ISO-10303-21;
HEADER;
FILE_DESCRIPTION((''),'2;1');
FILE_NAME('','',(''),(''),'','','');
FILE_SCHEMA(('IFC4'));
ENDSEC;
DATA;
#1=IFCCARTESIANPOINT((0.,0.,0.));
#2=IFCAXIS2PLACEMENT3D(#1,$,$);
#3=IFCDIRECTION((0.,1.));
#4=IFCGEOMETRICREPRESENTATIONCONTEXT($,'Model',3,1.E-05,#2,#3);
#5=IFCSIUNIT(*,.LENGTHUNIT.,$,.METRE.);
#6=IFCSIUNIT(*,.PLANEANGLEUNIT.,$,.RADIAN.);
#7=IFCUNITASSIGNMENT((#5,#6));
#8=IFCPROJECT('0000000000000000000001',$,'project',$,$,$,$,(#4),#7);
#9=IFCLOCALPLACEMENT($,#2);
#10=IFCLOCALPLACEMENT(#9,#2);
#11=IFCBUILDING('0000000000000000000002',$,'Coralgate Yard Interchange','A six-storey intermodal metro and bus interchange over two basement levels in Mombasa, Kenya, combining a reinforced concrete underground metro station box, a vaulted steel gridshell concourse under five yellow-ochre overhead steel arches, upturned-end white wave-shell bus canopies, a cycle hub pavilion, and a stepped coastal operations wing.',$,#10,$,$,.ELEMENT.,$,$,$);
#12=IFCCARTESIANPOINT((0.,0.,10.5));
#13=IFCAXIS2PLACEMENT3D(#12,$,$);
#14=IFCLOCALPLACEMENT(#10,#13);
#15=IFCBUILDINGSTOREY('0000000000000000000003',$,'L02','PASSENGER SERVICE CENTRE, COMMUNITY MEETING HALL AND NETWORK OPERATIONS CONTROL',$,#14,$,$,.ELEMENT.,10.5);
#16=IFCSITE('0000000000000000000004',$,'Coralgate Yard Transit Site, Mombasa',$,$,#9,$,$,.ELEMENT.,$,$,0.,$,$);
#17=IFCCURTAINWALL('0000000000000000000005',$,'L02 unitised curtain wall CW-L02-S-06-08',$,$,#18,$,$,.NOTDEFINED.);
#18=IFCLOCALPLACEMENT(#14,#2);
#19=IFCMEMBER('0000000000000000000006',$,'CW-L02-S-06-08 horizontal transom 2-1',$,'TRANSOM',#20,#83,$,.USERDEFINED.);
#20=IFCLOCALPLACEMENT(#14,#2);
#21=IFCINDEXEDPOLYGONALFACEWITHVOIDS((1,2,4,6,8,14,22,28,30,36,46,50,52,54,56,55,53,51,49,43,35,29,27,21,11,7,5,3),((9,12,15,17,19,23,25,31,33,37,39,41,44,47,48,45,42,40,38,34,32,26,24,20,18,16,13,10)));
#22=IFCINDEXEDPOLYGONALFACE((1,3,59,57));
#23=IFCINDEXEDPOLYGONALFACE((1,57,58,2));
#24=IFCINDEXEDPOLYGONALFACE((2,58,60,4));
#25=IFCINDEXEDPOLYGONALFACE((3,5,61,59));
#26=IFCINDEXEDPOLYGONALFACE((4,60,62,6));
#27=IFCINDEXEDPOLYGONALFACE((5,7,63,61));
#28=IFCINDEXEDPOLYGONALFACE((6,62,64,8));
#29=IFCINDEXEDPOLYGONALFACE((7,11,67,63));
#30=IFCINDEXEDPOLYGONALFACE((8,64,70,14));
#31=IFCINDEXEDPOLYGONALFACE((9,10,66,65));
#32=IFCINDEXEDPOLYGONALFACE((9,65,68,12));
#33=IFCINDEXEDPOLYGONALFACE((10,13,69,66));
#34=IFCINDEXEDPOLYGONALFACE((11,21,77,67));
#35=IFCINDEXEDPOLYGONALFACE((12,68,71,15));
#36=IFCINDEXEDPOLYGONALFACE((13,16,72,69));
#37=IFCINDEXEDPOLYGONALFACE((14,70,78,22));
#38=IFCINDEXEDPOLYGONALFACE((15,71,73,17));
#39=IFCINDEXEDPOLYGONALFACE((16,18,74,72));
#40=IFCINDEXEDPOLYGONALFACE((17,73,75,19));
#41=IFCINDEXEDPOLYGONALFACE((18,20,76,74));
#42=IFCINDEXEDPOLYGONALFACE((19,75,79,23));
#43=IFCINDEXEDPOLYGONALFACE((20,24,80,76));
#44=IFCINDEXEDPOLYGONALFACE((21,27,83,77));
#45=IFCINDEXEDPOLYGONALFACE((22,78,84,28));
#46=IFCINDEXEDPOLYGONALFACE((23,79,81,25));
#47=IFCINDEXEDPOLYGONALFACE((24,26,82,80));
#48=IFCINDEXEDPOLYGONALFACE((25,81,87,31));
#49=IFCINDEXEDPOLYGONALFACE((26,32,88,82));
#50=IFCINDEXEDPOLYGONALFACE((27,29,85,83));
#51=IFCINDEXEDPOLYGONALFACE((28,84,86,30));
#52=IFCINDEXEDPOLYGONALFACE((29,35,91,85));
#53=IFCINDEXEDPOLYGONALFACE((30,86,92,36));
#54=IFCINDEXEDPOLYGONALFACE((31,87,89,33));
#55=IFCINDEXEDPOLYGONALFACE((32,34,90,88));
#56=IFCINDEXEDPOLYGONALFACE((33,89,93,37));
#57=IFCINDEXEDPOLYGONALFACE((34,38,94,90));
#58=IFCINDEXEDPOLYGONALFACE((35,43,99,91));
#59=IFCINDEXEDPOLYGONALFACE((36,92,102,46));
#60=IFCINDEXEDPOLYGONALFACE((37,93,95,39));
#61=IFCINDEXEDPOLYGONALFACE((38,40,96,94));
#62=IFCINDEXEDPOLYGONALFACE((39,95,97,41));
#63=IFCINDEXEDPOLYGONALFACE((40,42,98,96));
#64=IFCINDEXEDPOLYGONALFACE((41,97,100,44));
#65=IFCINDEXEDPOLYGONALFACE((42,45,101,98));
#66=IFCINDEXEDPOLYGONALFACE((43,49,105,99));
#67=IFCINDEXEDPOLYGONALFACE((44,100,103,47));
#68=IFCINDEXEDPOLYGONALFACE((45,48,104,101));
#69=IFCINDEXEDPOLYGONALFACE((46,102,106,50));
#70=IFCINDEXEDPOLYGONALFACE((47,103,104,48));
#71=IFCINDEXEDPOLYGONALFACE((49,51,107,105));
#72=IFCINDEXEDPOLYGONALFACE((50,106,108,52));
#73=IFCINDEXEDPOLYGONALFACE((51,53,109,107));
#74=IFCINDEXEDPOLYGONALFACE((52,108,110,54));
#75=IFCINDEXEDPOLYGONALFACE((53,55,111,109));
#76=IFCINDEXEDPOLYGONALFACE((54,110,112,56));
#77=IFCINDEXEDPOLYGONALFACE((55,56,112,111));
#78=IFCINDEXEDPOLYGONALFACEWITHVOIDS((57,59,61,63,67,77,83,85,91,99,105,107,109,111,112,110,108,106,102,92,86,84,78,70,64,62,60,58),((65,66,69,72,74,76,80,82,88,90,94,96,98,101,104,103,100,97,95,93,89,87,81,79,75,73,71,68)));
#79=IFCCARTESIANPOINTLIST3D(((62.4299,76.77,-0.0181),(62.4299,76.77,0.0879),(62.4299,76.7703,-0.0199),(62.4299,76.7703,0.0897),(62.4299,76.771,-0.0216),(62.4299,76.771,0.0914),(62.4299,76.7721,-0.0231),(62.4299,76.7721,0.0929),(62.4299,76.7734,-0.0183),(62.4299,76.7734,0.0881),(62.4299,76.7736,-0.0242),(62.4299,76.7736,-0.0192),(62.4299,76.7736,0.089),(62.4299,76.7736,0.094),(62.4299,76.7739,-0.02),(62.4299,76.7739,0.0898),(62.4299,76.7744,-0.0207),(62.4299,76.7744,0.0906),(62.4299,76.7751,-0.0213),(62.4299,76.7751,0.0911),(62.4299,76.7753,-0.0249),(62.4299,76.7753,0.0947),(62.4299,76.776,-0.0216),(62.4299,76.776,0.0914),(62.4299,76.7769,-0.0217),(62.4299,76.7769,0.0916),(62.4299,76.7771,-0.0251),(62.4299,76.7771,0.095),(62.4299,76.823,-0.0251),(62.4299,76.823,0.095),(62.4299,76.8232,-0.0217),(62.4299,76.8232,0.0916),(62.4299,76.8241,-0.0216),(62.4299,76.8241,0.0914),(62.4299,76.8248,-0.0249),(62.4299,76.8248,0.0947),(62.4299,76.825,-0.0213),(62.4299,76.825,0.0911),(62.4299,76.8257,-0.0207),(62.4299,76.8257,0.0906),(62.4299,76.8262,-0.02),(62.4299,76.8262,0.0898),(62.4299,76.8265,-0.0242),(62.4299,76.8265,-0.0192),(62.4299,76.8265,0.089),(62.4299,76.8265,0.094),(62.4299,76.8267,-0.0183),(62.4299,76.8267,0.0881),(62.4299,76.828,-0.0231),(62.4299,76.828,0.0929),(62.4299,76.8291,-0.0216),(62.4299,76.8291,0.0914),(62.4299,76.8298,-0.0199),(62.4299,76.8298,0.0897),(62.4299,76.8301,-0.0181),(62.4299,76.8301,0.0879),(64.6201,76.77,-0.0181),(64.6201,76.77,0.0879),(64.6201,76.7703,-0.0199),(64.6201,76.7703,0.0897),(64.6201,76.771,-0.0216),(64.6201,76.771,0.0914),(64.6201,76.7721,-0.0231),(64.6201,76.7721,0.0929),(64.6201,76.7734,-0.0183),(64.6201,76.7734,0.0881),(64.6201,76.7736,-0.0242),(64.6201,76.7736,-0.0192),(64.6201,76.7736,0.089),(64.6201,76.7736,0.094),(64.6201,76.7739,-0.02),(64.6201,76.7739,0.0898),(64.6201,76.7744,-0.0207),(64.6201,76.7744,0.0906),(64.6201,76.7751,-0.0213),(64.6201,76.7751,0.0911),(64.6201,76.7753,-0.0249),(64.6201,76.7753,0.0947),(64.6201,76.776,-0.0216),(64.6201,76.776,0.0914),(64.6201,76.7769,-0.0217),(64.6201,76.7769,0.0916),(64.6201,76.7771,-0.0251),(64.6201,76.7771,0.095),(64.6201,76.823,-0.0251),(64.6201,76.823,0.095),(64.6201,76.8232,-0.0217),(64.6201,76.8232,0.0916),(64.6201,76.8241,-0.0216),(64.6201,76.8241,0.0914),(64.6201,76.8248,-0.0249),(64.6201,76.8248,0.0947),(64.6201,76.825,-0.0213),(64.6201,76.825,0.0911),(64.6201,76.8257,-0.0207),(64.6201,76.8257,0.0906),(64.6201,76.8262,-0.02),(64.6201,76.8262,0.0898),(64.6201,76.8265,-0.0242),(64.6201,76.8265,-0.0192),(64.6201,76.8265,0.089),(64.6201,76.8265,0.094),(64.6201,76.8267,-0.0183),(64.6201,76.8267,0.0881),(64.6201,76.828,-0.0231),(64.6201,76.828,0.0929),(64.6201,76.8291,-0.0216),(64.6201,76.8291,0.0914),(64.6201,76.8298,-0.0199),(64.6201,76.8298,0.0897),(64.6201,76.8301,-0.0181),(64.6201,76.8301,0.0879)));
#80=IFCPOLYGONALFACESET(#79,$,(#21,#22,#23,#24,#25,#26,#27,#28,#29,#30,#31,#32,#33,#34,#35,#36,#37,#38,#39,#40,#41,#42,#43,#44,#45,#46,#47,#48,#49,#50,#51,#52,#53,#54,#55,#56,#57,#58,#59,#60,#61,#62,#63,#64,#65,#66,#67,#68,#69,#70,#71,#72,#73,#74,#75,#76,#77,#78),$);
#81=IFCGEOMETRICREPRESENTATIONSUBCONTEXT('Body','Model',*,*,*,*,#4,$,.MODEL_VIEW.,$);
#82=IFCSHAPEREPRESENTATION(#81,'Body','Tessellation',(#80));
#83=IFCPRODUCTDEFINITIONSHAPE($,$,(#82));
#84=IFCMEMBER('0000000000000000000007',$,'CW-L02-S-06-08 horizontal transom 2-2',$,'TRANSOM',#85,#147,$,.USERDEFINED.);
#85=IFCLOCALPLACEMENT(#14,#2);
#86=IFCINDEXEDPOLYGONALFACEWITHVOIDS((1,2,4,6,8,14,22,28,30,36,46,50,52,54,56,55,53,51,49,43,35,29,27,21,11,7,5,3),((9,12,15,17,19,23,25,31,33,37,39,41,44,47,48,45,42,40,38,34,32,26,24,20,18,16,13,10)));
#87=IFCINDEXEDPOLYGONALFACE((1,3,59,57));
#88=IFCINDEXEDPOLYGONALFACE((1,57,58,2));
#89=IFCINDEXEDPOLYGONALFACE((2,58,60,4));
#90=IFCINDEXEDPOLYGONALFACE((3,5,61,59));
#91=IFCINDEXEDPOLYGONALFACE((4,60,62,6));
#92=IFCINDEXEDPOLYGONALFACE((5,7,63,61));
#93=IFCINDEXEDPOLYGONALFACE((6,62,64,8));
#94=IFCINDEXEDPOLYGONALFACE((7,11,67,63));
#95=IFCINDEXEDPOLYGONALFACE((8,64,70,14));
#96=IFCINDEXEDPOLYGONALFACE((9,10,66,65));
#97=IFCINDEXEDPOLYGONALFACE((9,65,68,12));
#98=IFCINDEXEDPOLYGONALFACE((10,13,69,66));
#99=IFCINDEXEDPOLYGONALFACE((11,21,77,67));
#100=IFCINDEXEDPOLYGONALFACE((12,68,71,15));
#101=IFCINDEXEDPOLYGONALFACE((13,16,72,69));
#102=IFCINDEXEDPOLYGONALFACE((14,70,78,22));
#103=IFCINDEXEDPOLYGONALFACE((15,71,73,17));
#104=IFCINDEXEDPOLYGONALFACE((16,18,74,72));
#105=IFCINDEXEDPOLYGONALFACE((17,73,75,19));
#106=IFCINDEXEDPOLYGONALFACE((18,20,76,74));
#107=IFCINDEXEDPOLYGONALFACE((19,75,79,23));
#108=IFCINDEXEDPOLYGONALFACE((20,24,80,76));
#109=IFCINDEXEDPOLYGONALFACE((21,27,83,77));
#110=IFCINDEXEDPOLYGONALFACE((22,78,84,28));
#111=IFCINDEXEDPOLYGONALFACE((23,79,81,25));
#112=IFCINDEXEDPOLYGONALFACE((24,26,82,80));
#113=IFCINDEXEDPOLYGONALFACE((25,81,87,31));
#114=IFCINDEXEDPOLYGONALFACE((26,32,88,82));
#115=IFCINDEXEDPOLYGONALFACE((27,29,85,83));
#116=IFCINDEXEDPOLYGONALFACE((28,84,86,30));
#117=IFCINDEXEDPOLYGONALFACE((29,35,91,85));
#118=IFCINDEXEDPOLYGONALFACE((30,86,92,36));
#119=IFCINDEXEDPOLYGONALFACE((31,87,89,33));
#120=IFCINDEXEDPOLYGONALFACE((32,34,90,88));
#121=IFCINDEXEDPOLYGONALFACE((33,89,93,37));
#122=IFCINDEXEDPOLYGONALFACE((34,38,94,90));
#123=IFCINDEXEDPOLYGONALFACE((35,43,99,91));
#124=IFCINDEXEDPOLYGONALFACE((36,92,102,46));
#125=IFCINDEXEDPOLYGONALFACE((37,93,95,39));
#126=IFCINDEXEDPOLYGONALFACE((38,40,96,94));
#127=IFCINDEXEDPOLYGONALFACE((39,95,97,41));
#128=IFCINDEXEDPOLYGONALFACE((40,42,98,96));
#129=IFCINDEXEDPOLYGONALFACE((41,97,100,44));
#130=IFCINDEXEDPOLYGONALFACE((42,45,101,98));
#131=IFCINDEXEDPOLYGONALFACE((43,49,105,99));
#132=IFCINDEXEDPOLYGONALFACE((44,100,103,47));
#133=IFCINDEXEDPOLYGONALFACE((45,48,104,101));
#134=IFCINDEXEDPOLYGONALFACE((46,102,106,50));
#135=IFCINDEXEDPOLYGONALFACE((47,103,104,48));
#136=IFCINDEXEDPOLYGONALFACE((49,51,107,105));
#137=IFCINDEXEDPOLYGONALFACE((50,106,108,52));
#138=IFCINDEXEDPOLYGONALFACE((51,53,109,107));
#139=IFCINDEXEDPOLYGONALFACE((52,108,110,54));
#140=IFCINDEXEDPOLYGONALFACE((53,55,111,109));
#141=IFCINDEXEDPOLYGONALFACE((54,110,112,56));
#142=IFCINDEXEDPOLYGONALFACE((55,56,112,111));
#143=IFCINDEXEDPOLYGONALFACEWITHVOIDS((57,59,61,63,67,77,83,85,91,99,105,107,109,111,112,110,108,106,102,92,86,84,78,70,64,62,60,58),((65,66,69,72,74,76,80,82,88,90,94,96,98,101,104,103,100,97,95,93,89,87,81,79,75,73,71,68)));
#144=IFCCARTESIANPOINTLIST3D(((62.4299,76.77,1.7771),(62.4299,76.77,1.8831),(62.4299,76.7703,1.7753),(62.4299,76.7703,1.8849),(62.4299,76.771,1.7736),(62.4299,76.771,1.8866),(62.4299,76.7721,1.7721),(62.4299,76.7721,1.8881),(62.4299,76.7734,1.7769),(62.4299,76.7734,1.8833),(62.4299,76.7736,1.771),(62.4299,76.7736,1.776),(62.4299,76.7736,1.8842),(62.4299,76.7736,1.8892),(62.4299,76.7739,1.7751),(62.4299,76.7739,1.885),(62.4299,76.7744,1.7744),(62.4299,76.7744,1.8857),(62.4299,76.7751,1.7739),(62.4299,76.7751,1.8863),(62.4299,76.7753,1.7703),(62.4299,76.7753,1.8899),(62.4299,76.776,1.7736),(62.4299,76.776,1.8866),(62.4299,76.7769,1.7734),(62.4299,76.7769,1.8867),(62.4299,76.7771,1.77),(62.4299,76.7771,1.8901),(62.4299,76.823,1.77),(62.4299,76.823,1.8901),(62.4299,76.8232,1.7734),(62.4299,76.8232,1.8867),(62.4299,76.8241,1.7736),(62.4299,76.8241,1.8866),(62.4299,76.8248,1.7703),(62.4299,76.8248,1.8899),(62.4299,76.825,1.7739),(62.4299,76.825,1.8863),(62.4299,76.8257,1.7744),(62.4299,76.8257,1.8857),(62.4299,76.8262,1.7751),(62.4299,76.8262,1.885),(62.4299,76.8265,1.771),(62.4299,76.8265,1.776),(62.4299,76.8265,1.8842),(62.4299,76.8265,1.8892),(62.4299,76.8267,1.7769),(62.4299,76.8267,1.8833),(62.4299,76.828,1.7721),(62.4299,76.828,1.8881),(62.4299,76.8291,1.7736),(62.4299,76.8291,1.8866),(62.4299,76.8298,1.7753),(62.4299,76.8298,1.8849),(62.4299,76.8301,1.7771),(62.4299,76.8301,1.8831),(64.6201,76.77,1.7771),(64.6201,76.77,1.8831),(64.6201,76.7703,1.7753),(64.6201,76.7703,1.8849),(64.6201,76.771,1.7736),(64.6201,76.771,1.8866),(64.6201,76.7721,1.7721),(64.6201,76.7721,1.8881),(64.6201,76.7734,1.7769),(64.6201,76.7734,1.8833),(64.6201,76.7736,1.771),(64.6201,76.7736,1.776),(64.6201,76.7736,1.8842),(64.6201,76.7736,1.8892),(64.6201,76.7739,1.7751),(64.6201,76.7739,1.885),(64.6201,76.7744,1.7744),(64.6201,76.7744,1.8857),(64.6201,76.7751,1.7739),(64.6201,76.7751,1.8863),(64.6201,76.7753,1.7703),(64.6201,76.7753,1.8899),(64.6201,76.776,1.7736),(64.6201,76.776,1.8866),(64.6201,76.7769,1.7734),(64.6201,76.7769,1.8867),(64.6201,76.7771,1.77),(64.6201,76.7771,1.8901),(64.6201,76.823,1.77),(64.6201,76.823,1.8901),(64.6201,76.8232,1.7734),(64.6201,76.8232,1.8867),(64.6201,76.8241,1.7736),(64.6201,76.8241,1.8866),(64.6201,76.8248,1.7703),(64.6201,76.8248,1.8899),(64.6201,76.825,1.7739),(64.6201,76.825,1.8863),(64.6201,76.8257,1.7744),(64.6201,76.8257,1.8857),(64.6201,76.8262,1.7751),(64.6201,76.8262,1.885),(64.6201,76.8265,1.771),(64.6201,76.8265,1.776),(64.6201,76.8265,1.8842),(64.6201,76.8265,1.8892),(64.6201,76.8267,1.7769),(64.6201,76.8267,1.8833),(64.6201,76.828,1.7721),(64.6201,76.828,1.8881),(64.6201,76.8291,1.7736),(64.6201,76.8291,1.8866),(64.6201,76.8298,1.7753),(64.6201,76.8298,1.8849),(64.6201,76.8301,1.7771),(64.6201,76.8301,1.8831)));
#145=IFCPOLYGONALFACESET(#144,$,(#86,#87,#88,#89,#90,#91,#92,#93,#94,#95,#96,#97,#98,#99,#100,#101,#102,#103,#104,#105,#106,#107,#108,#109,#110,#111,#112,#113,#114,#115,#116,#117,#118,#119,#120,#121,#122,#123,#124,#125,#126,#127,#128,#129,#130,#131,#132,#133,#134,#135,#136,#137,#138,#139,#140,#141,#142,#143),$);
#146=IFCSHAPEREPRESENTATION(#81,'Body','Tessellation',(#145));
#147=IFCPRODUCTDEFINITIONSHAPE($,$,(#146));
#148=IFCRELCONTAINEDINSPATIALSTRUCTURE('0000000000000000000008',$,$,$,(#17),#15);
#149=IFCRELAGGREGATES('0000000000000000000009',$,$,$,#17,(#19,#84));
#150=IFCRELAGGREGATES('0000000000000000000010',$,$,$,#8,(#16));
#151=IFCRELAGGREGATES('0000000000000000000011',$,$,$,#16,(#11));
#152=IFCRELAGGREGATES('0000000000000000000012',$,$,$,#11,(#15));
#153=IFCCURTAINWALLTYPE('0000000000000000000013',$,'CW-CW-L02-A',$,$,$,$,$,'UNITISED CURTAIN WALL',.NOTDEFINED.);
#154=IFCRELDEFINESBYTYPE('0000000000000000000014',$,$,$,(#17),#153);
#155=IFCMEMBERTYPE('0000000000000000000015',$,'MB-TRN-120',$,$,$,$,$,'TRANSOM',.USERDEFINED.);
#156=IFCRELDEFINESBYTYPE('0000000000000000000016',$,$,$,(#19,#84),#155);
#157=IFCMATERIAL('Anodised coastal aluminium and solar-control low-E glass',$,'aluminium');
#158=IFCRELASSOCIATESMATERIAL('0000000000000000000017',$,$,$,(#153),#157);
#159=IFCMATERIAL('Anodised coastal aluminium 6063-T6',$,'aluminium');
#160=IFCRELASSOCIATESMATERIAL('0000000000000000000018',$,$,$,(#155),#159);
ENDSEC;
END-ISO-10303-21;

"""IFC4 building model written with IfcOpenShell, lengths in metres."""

from ifc_helpers import new_model, si_unit, direction, frame, origin, origin_2d, place, context, subcontext, project, spatial, hollow_rectangle, extrude, material, material_profile, profile_set, type_object, element, aggregate, save


model = new_model("IFC4")

# Units and contexts
model_context = context("Model", 3, precision=1e-05, world=origin(), true_north=direction((0.0, 1.0)))
body_context = subcontext(model_context, "Body", "Model", "MODEL_VIEW")
ifc_project = project(units=[si_unit("LENGTHUNIT", "METRE"), si_unit("PLANEANGLEUNIT", "RADIAN")], contexts=[model_context])

# Site, building, storey
site_placement = place(None, origin())
site = spatial("IfcSite", under=ifc_project, at=site_placement, Name="Coralgate Yard Transit Site, Mombasa", CompositionType="ELEMENT", RefElevation=0.0)
building_placement = place(site_placement, origin())
building = spatial("IfcBuilding", under=site, at=building_placement, Name="Coralgate Yard Interchange", Description="A six-storey intermodal metro and bus interchange over two basement levels in Mombasa, Kenya, combining a reinforced concrete underground metro station box, a vaulted steel gridshell concourse under five yellow-ochre overhead steel arches, upturned-end white wave-shell bus canopies, a cycle hub pavilion, and a stepped coastal operations wing.", CompositionType="ELEMENT")
storey_placement = place(building_placement, frame((0.0, 0.0, 10.5)))
storey = spatial("IfcBuildingStorey", under=building, at=storey_placement, Name="L02", Description="PASSENGER SERVICE CENTRE, COMMUNITY MEETING HALL AND NETWORK OPERATIONS CONTROL", CompositionType="ELEMENT", Elevation=10.5)

# Curtain wall, members
ifc_material_1 = material(Name="Anodised coastal aluminium and solar-control low-E glass", Category="aluminium")
curtain_wall_type = type_object("IfcCurtainWallType", Name="CW-CW-L02-A", ElementType="UNITISED CURTAIN WALL", PredefinedType="NOTDEFINED", material=ifc_material_1)
curtain_wall_placement = place(storey_placement, origin())
curtain_wall = element("IfcCurtainWall", 1, at=curtain_wall_placement, inside=storey, type_object=curtain_wall_type, Name="L02 unitised curtain wall CW-L02-S-06-08", PredefinedType="NOTDEFINED")
ifc_material_2 = material(Name="Anodised coastal aluminium 6063-T6", Category="aluminium")
ifc_material_profile_1 = material_profile(ifc_material_2, hollow_rectangle(XDim=0.0601, YDim=0.1201, WallThickness=0.0034, InnerFilletRadius=0.0034, OuterFilletRadius=0.0071, at=origin_2d()), Name="ALU 60x120x3.5")
ifc_profile_set_1 = profile_set([ifc_material_profile_1], Name="Anodised coastal aluminium 6063-T6")
member_type_1 = type_object("IfcMemberType", Name="MB-TRN-120", ElementType="TRANSOM", PredefinedType="USERDEFINED", material=ifc_profile_set_1)
member_1_placement = place(storey_placement, frame((64.6201, 76.8, 0.0349), z_axis=(-1.0, 0.0, 0.0), x_axis=(0.0, -1.0, 0.0)))
member_1 = element("IfcMember", 2, at=member_1_placement, type_object=member_type_1, Name="CW-L02-S-06-08 horizontal transom 2-1", ObjectType="TRANSOM", PredefinedType="USERDEFINED", context=body_context, shape_type="SweptSolid", body=[
    extrude(hollow_rectangle(XDim=0.0601, YDim=0.1201, WallThickness=0.0034, InnerFilletRadius=0.0034, OuterFilletRadius=0.0071, at=origin_2d()), origin(), (0.0, 0.0, 1.0), 2.1902),
])
member_2_placement = place(storey_placement, frame((64.6201, 76.8, 1.8301), z_axis=(-1.0, 0.0, 0.0), x_axis=(0.0, -1.0, 0.0)))
member_2 = element("IfcMember", 3, at=member_2_placement, type_object=member_type_1, Name="CW-L02-S-06-08 horizontal transom 2-2", ObjectType="TRANSOM", PredefinedType="USERDEFINED", context=body_context, shape_type="SweptSolid", body=[
    extrude(hollow_rectangle(XDim=0.0601, YDim=0.1201, WallThickness=0.0034, InnerFilletRadius=0.0034, OuterFilletRadius=0.0071, at=origin_2d()), origin(), (0.0, 0.0, 1.0), 2.1902),
])
aggregate(curtain_wall, [member_1, member_2])

save(model, "model.ifc")
